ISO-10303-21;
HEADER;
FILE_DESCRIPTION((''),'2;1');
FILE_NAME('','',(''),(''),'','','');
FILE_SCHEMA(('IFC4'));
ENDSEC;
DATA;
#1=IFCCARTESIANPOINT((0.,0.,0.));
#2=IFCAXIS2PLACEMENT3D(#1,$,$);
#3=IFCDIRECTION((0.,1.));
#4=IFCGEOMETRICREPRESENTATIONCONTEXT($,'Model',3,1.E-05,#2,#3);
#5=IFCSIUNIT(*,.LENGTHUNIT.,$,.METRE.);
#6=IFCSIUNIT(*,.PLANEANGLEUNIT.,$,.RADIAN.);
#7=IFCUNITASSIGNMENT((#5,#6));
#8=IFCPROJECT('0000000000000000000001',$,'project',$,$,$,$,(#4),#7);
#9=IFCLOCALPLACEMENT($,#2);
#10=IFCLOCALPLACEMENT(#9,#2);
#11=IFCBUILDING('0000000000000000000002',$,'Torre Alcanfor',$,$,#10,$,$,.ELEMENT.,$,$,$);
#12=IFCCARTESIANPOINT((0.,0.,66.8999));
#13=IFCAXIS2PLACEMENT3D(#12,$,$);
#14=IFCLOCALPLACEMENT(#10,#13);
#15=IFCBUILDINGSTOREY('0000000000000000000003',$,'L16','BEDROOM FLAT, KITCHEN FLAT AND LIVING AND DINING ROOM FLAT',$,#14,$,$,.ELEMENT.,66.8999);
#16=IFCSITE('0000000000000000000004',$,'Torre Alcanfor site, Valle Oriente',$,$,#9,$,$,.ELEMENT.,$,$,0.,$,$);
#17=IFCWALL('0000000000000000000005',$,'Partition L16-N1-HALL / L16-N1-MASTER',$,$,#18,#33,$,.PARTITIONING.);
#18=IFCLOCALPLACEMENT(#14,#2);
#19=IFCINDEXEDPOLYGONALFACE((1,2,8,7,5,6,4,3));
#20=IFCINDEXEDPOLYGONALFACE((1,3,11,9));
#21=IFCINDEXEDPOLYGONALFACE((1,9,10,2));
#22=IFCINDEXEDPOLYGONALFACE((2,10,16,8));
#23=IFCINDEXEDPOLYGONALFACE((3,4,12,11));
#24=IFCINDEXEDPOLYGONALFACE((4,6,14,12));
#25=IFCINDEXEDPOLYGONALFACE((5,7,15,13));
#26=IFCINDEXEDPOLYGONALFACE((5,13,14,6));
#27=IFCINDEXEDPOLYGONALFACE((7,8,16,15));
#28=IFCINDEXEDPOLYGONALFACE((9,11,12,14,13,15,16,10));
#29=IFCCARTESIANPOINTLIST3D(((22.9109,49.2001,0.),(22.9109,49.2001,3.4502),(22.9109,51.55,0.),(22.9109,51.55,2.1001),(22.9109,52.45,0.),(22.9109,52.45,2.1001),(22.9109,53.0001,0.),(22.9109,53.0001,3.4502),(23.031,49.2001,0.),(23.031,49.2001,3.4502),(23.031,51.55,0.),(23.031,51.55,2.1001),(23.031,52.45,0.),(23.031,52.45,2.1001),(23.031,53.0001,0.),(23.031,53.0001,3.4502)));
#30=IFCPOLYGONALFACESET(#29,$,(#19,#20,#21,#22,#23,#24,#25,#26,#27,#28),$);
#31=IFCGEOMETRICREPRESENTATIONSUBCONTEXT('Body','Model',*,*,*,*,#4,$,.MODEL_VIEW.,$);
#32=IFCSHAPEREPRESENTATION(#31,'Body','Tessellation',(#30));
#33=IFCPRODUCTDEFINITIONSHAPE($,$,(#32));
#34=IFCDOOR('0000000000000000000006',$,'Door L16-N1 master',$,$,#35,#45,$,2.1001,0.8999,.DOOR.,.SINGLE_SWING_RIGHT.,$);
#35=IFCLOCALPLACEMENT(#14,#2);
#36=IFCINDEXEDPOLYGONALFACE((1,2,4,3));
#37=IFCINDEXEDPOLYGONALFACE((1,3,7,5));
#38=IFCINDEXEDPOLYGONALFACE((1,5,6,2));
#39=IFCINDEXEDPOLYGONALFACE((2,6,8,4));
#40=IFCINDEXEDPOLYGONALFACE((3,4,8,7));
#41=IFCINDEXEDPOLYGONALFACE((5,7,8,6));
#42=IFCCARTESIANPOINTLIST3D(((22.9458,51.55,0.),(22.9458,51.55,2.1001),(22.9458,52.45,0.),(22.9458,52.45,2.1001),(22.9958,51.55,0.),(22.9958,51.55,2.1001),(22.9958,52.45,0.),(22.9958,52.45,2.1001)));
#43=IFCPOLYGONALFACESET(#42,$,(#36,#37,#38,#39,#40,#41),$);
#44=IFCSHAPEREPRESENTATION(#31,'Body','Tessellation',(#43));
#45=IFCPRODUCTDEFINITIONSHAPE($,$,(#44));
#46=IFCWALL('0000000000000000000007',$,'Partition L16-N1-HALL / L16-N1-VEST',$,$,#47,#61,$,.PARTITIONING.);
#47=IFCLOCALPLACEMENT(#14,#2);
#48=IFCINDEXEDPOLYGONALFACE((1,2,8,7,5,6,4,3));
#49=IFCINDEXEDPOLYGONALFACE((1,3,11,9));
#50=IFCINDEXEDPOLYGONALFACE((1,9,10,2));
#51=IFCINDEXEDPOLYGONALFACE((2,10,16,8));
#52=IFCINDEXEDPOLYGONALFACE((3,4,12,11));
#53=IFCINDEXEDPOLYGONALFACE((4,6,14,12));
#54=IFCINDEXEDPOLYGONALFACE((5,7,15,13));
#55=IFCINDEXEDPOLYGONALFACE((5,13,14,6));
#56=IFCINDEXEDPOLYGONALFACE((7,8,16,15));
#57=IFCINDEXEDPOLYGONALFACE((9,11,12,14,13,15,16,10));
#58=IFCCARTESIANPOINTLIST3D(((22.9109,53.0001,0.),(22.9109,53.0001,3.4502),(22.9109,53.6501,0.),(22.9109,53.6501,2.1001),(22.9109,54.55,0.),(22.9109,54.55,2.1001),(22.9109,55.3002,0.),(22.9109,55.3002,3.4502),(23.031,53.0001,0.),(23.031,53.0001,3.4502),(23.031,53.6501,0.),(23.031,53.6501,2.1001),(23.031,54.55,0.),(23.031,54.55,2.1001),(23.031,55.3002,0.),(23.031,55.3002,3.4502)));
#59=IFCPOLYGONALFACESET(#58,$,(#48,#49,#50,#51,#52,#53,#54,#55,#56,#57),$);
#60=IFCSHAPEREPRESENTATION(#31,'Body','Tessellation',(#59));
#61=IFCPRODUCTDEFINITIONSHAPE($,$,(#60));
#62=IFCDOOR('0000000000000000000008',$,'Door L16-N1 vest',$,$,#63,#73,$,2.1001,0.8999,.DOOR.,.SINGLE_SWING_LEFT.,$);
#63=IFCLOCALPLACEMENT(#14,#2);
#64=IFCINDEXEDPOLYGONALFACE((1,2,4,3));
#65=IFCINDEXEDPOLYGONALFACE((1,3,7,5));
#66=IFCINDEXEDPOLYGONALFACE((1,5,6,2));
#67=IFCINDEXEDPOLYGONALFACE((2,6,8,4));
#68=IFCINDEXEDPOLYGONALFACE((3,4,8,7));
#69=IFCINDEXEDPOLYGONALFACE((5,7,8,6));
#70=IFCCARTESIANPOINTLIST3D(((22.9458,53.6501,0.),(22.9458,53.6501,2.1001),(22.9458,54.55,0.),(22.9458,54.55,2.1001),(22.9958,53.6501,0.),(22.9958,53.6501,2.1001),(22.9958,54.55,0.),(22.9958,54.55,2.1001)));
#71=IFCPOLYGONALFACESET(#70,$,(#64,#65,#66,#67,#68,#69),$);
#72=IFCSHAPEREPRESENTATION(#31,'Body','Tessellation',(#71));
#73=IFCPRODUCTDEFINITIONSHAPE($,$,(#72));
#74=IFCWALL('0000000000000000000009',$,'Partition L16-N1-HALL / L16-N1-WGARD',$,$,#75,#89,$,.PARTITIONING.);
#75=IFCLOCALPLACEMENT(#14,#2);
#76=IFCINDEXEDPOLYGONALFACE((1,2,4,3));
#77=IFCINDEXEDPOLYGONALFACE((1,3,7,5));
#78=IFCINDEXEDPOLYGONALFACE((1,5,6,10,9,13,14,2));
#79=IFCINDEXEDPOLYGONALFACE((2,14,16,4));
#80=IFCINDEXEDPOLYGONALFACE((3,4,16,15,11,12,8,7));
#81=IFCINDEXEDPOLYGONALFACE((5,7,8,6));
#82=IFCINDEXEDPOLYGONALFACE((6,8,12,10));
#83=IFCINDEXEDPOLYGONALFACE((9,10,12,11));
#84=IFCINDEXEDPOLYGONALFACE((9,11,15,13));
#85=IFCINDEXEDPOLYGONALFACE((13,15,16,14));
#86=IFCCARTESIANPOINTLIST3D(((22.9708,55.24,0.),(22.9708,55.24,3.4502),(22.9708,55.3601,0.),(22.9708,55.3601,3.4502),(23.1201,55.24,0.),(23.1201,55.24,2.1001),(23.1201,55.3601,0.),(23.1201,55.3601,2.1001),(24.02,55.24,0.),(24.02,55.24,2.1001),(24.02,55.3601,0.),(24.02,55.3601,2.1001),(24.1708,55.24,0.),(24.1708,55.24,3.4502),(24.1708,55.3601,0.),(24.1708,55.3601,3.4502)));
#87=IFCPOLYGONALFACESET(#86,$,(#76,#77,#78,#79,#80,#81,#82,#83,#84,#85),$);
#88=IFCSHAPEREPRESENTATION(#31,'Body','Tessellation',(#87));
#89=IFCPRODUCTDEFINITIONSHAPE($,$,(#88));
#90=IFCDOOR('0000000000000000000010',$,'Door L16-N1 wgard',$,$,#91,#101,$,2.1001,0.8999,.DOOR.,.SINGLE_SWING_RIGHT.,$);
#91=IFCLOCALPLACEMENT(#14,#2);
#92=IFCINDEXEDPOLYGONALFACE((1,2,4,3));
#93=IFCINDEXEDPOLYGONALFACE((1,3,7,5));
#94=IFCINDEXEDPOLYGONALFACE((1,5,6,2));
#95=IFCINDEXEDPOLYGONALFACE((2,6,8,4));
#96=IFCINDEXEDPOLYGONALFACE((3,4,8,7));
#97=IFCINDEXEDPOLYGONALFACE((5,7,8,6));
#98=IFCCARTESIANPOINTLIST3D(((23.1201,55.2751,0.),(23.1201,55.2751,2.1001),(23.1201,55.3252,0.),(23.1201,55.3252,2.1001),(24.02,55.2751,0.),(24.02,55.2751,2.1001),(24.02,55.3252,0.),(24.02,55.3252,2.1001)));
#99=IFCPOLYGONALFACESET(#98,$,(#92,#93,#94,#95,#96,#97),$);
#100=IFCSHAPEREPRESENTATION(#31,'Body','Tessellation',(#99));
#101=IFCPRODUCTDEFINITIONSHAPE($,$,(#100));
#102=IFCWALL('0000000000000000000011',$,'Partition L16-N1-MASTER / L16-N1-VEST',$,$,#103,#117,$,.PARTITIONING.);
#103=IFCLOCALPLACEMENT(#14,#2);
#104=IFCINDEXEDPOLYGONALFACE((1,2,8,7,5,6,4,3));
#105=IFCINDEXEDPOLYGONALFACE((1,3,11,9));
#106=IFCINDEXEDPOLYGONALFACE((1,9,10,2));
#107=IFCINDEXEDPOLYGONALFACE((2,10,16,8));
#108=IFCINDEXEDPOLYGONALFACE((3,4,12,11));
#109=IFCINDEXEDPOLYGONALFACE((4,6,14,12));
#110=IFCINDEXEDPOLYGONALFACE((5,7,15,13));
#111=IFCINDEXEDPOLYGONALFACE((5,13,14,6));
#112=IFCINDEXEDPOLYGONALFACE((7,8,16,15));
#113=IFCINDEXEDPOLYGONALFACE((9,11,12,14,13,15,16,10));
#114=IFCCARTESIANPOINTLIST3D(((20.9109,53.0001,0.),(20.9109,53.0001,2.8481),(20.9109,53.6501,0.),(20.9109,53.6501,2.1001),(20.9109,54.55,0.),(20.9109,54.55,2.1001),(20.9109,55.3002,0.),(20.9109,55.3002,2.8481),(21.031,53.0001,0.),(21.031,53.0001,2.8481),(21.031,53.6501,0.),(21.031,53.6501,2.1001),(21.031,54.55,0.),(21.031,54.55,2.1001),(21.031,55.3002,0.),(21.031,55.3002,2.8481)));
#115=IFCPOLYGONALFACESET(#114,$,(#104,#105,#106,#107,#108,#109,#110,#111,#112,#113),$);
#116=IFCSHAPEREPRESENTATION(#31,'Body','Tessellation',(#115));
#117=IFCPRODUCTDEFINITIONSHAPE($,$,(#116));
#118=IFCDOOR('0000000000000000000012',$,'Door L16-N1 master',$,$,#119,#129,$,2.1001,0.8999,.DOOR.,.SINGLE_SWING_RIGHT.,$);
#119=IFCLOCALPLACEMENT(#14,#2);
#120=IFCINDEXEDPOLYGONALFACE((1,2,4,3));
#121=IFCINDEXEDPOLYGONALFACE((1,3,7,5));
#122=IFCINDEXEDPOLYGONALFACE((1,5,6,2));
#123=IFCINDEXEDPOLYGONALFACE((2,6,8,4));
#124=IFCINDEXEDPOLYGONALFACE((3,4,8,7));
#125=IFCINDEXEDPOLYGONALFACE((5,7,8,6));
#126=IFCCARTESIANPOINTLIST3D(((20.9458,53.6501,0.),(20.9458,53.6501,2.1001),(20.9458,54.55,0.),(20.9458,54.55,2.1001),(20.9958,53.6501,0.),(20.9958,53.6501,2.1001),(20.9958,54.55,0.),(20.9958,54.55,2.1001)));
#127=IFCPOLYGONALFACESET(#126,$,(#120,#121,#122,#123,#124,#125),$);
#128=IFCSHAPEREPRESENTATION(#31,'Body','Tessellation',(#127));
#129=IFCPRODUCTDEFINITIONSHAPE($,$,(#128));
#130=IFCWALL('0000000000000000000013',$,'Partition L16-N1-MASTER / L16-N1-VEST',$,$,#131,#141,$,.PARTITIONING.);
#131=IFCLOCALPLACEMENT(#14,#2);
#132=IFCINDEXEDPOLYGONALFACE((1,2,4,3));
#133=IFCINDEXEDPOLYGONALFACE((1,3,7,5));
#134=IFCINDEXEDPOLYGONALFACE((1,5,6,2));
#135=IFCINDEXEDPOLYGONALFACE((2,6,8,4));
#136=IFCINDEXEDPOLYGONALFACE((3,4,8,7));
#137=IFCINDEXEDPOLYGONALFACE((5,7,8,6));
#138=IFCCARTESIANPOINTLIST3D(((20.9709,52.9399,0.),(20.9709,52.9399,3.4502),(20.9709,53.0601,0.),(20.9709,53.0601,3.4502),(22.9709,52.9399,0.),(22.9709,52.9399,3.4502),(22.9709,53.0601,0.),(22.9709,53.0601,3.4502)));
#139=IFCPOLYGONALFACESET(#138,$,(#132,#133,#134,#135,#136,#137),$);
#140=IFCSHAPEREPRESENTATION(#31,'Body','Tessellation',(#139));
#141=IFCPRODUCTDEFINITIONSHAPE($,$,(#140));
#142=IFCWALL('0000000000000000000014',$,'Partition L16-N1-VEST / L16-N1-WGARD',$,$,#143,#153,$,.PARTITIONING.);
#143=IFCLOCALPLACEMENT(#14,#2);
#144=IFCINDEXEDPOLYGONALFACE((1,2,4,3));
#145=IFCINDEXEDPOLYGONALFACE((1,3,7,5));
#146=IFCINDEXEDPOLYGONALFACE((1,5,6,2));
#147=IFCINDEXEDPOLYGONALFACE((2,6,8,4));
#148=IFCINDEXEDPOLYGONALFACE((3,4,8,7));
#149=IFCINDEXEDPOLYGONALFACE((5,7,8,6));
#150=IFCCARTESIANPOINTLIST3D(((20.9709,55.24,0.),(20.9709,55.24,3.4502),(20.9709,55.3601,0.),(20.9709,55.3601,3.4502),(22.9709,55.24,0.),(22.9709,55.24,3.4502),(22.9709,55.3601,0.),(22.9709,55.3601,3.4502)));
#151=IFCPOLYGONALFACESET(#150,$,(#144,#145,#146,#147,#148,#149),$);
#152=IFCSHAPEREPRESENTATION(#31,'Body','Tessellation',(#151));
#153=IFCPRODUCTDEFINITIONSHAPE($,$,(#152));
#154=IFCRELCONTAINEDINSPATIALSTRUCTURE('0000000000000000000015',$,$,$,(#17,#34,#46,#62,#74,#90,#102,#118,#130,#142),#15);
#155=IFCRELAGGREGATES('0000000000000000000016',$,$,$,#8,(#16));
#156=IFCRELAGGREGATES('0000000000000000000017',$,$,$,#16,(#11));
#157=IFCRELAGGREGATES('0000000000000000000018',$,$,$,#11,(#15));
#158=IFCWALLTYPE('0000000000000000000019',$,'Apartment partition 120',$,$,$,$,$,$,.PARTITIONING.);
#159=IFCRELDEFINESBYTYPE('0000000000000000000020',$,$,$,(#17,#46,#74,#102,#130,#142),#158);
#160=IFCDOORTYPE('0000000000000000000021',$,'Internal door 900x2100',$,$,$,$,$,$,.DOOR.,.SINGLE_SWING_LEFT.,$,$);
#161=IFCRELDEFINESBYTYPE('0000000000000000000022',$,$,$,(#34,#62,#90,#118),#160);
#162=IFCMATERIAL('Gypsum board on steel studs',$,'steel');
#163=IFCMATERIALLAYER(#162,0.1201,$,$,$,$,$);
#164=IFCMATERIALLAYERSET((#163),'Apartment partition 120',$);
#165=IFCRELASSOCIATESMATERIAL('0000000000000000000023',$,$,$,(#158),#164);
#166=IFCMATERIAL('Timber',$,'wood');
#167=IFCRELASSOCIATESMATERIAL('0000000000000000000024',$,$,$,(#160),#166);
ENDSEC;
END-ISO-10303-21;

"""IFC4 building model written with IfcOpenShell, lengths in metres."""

from ifc_helpers import new_model, si_unit, direction, frame, frame_2d, origin, place, context, subcontext, project, spatial, rectangle, extrude, material, layer, layer_set, type_object, element, fill, save


model = new_model("IFC4")

# Units and contexts
model_context = context("Model", 3, precision=1e-05, world=origin(), true_north=direction((0.0, 1.0)))
body_context = subcontext(model_context, "Body", "Model", "MODEL_VIEW")
ifc_project = project(units=[si_unit("LENGTHUNIT", "METRE"), si_unit("PLANEANGLEUNIT", "RADIAN")], contexts=[model_context])

# Site, building, storey
site_placement = place(None, origin())
site = spatial("IfcSite", under=ifc_project, at=site_placement, Name="Torre Alcanfor site, Valle Oriente", CompositionType="ELEMENT", RefElevation=0.0)
building_placement = place(site_placement, origin())
building = spatial("IfcBuilding", under=site, at=building_placement, Name="Torre Alcanfor", CompositionType="ELEMENT")
storey_placement = place(building_placement, frame((0.0, 0.0, 66.8999)))
storey = spatial("IfcBuildingStorey", under=building, at=storey_placement, Name="L16", Description="BEDROOM FLAT, KITCHEN FLAT AND LIVING AND DINING ROOM FLAT", CompositionType="ELEMENT", Elevation=66.8999)

# Shared definitions
ifc_material_1 = material(Name="Gypsum board on steel studs", Category="steel")
ifc_layer_1 = layer(ifc_material_1, 0.1201)
ifc_layer_set_1 = layer_set([ifc_layer_1], Name="Apartment partition 120")
wall_type = type_object("IfcWallType", Name="Apartment partition 120", PredefinedType="PARTITIONING", material=ifc_layer_set_1)

# Shared definitions
ifc_material_2 = material(Name="Timber", Category="wood")
door_type = type_object("IfcDoorType", Name="Internal door 900x2100", OperationType="SINGLE_SWING_LEFT", PredefinedType="DOOR", material=ifc_material_2)

# Walls, openings, doors
wall_1_placement = place(storey_placement, frame((22.9709, 53.0, 0.0), z_axis=(0.0, 0.0, 1.0), x_axis=(0.0, -1.0, 0.0)))
wall_1 = element("IfcWall", 1, at=wall_1_placement, inside=storey, type_object=wall_type, Name="Partition L16-N1-HALL / L16-N1-MASTER", PredefinedType="PARTITIONING", context=body_context, shape_type="SweptSolid", body=[
    extrude(rectangle(XDim=3.8, YDim=0.1201, at=frame_2d((1.8999, 0.0))), origin(), (0.0, 0.0, 1.0), 3.4502),
])
opening_1_placement = place(wall_1_placement, frame((0.55, 0.0, 0.0)))
opening_1 = element("IfcOpeningElement", 2, at=opening_1_placement, cuts=wall_1, PredefinedType="OPENING", context=body_context, shape_type="SweptSolid", body=[
    extrude(rectangle(XDim=0.8999, YDim=2.1001, at=frame_2d((0.45, 1.05))), frame((0.0, 0.0701, 0.0), z_axis=(0.0, -1.0, 0.0), x_axis=(1.0, 0.0, 0.0)), (0.0, 0.0, 1.0), 0.1401),
])
door_1_placement = place(opening_1_placement, frame((0.8999, 0.0, 0.0), z_axis=(0.0, 0.0, 1.0), x_axis=(-1.0, 0.0, 0.0)))
door_1 = element("IfcDoor", 3, at=door_1_placement, inside=storey, type_object=door_type, Name="Door L16-N1 master", OperationType="SINGLE_SWING_RIGHT", OverallHeight=2.1001, OverallWidth=0.8999, PredefinedType="DOOR", context=body_context, shape_type="SweptSolid", body=[
    extrude(rectangle(XDim=0.8999, YDim=2.1001, at=frame_2d((0.45, 1.05))), frame((0.0, 0.0251, 0.0), z_axis=(0.0, -1.0, 0.0), x_axis=(1.0, 0.0, 0.0)), (0.0, 0.0, 1.0), 0.05),
])
fill(opening_1, door_1)
wall_2_placement = place(storey_placement, frame((22.9709, 55.3, 0.0), z_axis=(0.0, 0.0, 1.0), x_axis=(0.0, -1.0, 0.0)))
wall_2 = element("IfcWall", 4, at=wall_2_placement, inside=storey, type_object=wall_type, Name="Partition L16-N1-HALL / L16-N1-VEST", PredefinedType="PARTITIONING", context=body_context, shape_type="SweptSolid", body=[
    extrude(rectangle(XDim=2.3, YDim=0.1201, at=frame_2d((1.1499, 0.0))), origin(), (0.0, 0.0, 1.0), 3.4502),
])
opening_2_placement = place(wall_2_placement, frame((0.75, 0.0, 0.0)))
opening_2 = element("IfcOpeningElement", 5, at=opening_2_placement, cuts=wall_2, PredefinedType="OPENING", context=body_context, shape_type="SweptSolid", body=[
    extrude(rectangle(XDim=0.8999, YDim=2.1001, at=frame_2d((0.45, 1.05))), frame((0.0, 0.0701, 0.0), z_axis=(0.0, -1.0, 0.0), x_axis=(1.0, 0.0, 0.0)), (0.0, 0.0, 1.0), 0.1401),
])
door_2_placement = place(opening_2_placement, frame((0.8999, 0.0, 0.0), z_axis=(0.0, 0.0, 1.0), x_axis=(-1.0, 0.0, 0.0)))
door_2 = element("IfcDoor", 6, at=door_2_placement, inside=storey, type_object=door_type, Name="Door L16-N1 vest", OperationType="SINGLE_SWING_LEFT", OverallHeight=2.1001, OverallWidth=0.8999, PredefinedType="DOOR", context=body_context, shape_type="SweptSolid", body=[
    extrude(rectangle(XDim=0.8999, YDim=2.1001, at=frame_2d((0.45, 1.05))), frame((0.0, 0.0251, 0.0), z_axis=(0.0, -1.0, 0.0), x_axis=(1.0, 0.0, 0.0)), (0.0, 0.0, 1.0), 0.05),
])
fill(opening_2, door_2)
wall_3_placement = place(storey_placement, frame((24.1709, 55.3, 0.0), z_axis=(0.0, 0.0, 1.0), x_axis=(-1.0, 0.0, 0.0)))
wall_3 = element("IfcWall", 7, at=wall_3_placement, inside=storey, type_object=wall_type, Name="Partition L16-N1-HALL / L16-N1-WGARD", PredefinedType="PARTITIONING", context=body_context, shape_type="SweptSolid", body=[
    extrude(rectangle(XDim=1.2, YDim=0.1201, at=frame_2d((0.6001, 0.0))), origin(), (0.0, 0.0, 1.0), 3.4502),
])
opening_3_placement = place(wall_3_placement, frame((0.1509, 0.0, 0.0)))
opening_3 = element("IfcOpeningElement", 8, at=opening_3_placement, cuts=wall_3, PredefinedType="OPENING", context=body_context, shape_type="SweptSolid", body=[
    extrude(rectangle(XDim=0.8999, YDim=2.1001, at=frame_2d((0.45, 1.05))), frame((0.0, 0.0701, 0.0), z_axis=(0.0, -1.0, 0.0), x_axis=(1.0, 0.0, 0.0)), (0.0, 0.0, 1.0), 0.1401),
])
door_3_placement = place(opening_3_placement, frame((0.8999, 0.0, 0.0), z_axis=(0.0, 0.0, 1.0), x_axis=(-1.0, 0.0, 0.0)))
door_3 = element("IfcDoor", 9, at=door_3_placement, inside=storey, type_object=door_type, Name="Door L16-N1 wgard", OperationType="SINGLE_SWING_RIGHT", OverallHeight=2.1001, OverallWidth=0.8999, PredefinedType="DOOR", context=body_context, shape_type="SweptSolid", body=[
    extrude(rectangle(XDim=0.8999, YDim=2.1001, at=frame_2d((0.45, 1.05))), frame((0.0, 0.0251, 0.0), z_axis=(0.0, -1.0, 0.0), x_axis=(1.0, 0.0, 0.0)), (0.0, 0.0, 1.0), 0.05),
])
fill(opening_3, door_3)
wall_4_placement = place(storey_placement, frame((20.9709, 55.3, 0.0), z_axis=(0.0, 0.0, 1.0), x_axis=(0.0, -1.0, 0.0)))
wall_4 = element("IfcWall", 10, at=wall_4_placement, inside=storey, type_object=wall_type, Name="Partition L16-N1-MASTER / L16-N1-VEST", PredefinedType="PARTITIONING", context=body_context, shape_type="SweptSolid", body=[
    extrude(rectangle(XDim=2.3, YDim=0.1201, at=frame_2d((1.1499, 0.0))), origin(), (0.0, 0.0, 1.0), 2.8481),
])
opening_4_placement = place(wall_4_placement, frame((0.75, 0.0, 0.0)))
opening_4 = element("IfcOpeningElement", 11, at=opening_4_placement, cuts=wall_4, PredefinedType="OPENING", context=body_context, shape_type="SweptSolid", body=[
    extrude(rectangle(XDim=0.8999, YDim=2.1001, at=frame_2d((0.45, 1.05))), frame((0.0, 0.0701, 0.0), z_axis=(0.0, -1.0, 0.0), x_axis=(1.0, 0.0, 0.0)), (0.0, 0.0, 1.0), 0.1401),
])
door_4_placement = place(opening_4_placement, origin())
door_4 = element("IfcDoor", 12, at=door_4_placement, inside=storey, type_object=door_type, Name="Door L16-N1 master", OperationType="SINGLE_SWING_RIGHT", OverallHeight=2.1001, OverallWidth=0.8999, PredefinedType="DOOR", context=body_context, shape_type="SweptSolid", body=[
    extrude(rectangle(XDim=0.8999, YDim=2.1001, at=frame_2d((0.45, 1.05))), frame((0.0, 0.0249, 0.0), z_axis=(0.0, -1.0, 0.0), x_axis=(1.0, 0.0, 0.0)), (0.0, 0.0, 1.0), 0.05),
])
fill(opening_4, door_4)

# Walls
for number, where, z_axis, x_axis, name in (
    (13, (20.9709, 53.0, 0.0), (0.0, 0.0, 1.0), (1.0, 0.0, 0.0), "Partition L16-N1-MASTER / L16-N1-VEST"),
    (14, (22.9709, 55.3, 0.0), (0.0, 0.0, 1.0), (-1.0, 0.0, 0.0), "Partition L16-N1-VEST / L16-N1-WGARD"),
):
    element("IfcWall", number, at=place(storey_placement, frame(where, z_axis=z_axis, x_axis=x_axis)), inside=storey, type_object=wall_type, Name=name, PredefinedType="PARTITIONING", context=body_context, shape_type="SweptSolid", body=[
        extrude(rectangle(XDim=2.0, YDim=0.1201, at=frame_2d((1.0, 0.0))), origin(), (0.0, 0.0, 1.0), 3.4502),
    ])

save(model, "model.ifc")
